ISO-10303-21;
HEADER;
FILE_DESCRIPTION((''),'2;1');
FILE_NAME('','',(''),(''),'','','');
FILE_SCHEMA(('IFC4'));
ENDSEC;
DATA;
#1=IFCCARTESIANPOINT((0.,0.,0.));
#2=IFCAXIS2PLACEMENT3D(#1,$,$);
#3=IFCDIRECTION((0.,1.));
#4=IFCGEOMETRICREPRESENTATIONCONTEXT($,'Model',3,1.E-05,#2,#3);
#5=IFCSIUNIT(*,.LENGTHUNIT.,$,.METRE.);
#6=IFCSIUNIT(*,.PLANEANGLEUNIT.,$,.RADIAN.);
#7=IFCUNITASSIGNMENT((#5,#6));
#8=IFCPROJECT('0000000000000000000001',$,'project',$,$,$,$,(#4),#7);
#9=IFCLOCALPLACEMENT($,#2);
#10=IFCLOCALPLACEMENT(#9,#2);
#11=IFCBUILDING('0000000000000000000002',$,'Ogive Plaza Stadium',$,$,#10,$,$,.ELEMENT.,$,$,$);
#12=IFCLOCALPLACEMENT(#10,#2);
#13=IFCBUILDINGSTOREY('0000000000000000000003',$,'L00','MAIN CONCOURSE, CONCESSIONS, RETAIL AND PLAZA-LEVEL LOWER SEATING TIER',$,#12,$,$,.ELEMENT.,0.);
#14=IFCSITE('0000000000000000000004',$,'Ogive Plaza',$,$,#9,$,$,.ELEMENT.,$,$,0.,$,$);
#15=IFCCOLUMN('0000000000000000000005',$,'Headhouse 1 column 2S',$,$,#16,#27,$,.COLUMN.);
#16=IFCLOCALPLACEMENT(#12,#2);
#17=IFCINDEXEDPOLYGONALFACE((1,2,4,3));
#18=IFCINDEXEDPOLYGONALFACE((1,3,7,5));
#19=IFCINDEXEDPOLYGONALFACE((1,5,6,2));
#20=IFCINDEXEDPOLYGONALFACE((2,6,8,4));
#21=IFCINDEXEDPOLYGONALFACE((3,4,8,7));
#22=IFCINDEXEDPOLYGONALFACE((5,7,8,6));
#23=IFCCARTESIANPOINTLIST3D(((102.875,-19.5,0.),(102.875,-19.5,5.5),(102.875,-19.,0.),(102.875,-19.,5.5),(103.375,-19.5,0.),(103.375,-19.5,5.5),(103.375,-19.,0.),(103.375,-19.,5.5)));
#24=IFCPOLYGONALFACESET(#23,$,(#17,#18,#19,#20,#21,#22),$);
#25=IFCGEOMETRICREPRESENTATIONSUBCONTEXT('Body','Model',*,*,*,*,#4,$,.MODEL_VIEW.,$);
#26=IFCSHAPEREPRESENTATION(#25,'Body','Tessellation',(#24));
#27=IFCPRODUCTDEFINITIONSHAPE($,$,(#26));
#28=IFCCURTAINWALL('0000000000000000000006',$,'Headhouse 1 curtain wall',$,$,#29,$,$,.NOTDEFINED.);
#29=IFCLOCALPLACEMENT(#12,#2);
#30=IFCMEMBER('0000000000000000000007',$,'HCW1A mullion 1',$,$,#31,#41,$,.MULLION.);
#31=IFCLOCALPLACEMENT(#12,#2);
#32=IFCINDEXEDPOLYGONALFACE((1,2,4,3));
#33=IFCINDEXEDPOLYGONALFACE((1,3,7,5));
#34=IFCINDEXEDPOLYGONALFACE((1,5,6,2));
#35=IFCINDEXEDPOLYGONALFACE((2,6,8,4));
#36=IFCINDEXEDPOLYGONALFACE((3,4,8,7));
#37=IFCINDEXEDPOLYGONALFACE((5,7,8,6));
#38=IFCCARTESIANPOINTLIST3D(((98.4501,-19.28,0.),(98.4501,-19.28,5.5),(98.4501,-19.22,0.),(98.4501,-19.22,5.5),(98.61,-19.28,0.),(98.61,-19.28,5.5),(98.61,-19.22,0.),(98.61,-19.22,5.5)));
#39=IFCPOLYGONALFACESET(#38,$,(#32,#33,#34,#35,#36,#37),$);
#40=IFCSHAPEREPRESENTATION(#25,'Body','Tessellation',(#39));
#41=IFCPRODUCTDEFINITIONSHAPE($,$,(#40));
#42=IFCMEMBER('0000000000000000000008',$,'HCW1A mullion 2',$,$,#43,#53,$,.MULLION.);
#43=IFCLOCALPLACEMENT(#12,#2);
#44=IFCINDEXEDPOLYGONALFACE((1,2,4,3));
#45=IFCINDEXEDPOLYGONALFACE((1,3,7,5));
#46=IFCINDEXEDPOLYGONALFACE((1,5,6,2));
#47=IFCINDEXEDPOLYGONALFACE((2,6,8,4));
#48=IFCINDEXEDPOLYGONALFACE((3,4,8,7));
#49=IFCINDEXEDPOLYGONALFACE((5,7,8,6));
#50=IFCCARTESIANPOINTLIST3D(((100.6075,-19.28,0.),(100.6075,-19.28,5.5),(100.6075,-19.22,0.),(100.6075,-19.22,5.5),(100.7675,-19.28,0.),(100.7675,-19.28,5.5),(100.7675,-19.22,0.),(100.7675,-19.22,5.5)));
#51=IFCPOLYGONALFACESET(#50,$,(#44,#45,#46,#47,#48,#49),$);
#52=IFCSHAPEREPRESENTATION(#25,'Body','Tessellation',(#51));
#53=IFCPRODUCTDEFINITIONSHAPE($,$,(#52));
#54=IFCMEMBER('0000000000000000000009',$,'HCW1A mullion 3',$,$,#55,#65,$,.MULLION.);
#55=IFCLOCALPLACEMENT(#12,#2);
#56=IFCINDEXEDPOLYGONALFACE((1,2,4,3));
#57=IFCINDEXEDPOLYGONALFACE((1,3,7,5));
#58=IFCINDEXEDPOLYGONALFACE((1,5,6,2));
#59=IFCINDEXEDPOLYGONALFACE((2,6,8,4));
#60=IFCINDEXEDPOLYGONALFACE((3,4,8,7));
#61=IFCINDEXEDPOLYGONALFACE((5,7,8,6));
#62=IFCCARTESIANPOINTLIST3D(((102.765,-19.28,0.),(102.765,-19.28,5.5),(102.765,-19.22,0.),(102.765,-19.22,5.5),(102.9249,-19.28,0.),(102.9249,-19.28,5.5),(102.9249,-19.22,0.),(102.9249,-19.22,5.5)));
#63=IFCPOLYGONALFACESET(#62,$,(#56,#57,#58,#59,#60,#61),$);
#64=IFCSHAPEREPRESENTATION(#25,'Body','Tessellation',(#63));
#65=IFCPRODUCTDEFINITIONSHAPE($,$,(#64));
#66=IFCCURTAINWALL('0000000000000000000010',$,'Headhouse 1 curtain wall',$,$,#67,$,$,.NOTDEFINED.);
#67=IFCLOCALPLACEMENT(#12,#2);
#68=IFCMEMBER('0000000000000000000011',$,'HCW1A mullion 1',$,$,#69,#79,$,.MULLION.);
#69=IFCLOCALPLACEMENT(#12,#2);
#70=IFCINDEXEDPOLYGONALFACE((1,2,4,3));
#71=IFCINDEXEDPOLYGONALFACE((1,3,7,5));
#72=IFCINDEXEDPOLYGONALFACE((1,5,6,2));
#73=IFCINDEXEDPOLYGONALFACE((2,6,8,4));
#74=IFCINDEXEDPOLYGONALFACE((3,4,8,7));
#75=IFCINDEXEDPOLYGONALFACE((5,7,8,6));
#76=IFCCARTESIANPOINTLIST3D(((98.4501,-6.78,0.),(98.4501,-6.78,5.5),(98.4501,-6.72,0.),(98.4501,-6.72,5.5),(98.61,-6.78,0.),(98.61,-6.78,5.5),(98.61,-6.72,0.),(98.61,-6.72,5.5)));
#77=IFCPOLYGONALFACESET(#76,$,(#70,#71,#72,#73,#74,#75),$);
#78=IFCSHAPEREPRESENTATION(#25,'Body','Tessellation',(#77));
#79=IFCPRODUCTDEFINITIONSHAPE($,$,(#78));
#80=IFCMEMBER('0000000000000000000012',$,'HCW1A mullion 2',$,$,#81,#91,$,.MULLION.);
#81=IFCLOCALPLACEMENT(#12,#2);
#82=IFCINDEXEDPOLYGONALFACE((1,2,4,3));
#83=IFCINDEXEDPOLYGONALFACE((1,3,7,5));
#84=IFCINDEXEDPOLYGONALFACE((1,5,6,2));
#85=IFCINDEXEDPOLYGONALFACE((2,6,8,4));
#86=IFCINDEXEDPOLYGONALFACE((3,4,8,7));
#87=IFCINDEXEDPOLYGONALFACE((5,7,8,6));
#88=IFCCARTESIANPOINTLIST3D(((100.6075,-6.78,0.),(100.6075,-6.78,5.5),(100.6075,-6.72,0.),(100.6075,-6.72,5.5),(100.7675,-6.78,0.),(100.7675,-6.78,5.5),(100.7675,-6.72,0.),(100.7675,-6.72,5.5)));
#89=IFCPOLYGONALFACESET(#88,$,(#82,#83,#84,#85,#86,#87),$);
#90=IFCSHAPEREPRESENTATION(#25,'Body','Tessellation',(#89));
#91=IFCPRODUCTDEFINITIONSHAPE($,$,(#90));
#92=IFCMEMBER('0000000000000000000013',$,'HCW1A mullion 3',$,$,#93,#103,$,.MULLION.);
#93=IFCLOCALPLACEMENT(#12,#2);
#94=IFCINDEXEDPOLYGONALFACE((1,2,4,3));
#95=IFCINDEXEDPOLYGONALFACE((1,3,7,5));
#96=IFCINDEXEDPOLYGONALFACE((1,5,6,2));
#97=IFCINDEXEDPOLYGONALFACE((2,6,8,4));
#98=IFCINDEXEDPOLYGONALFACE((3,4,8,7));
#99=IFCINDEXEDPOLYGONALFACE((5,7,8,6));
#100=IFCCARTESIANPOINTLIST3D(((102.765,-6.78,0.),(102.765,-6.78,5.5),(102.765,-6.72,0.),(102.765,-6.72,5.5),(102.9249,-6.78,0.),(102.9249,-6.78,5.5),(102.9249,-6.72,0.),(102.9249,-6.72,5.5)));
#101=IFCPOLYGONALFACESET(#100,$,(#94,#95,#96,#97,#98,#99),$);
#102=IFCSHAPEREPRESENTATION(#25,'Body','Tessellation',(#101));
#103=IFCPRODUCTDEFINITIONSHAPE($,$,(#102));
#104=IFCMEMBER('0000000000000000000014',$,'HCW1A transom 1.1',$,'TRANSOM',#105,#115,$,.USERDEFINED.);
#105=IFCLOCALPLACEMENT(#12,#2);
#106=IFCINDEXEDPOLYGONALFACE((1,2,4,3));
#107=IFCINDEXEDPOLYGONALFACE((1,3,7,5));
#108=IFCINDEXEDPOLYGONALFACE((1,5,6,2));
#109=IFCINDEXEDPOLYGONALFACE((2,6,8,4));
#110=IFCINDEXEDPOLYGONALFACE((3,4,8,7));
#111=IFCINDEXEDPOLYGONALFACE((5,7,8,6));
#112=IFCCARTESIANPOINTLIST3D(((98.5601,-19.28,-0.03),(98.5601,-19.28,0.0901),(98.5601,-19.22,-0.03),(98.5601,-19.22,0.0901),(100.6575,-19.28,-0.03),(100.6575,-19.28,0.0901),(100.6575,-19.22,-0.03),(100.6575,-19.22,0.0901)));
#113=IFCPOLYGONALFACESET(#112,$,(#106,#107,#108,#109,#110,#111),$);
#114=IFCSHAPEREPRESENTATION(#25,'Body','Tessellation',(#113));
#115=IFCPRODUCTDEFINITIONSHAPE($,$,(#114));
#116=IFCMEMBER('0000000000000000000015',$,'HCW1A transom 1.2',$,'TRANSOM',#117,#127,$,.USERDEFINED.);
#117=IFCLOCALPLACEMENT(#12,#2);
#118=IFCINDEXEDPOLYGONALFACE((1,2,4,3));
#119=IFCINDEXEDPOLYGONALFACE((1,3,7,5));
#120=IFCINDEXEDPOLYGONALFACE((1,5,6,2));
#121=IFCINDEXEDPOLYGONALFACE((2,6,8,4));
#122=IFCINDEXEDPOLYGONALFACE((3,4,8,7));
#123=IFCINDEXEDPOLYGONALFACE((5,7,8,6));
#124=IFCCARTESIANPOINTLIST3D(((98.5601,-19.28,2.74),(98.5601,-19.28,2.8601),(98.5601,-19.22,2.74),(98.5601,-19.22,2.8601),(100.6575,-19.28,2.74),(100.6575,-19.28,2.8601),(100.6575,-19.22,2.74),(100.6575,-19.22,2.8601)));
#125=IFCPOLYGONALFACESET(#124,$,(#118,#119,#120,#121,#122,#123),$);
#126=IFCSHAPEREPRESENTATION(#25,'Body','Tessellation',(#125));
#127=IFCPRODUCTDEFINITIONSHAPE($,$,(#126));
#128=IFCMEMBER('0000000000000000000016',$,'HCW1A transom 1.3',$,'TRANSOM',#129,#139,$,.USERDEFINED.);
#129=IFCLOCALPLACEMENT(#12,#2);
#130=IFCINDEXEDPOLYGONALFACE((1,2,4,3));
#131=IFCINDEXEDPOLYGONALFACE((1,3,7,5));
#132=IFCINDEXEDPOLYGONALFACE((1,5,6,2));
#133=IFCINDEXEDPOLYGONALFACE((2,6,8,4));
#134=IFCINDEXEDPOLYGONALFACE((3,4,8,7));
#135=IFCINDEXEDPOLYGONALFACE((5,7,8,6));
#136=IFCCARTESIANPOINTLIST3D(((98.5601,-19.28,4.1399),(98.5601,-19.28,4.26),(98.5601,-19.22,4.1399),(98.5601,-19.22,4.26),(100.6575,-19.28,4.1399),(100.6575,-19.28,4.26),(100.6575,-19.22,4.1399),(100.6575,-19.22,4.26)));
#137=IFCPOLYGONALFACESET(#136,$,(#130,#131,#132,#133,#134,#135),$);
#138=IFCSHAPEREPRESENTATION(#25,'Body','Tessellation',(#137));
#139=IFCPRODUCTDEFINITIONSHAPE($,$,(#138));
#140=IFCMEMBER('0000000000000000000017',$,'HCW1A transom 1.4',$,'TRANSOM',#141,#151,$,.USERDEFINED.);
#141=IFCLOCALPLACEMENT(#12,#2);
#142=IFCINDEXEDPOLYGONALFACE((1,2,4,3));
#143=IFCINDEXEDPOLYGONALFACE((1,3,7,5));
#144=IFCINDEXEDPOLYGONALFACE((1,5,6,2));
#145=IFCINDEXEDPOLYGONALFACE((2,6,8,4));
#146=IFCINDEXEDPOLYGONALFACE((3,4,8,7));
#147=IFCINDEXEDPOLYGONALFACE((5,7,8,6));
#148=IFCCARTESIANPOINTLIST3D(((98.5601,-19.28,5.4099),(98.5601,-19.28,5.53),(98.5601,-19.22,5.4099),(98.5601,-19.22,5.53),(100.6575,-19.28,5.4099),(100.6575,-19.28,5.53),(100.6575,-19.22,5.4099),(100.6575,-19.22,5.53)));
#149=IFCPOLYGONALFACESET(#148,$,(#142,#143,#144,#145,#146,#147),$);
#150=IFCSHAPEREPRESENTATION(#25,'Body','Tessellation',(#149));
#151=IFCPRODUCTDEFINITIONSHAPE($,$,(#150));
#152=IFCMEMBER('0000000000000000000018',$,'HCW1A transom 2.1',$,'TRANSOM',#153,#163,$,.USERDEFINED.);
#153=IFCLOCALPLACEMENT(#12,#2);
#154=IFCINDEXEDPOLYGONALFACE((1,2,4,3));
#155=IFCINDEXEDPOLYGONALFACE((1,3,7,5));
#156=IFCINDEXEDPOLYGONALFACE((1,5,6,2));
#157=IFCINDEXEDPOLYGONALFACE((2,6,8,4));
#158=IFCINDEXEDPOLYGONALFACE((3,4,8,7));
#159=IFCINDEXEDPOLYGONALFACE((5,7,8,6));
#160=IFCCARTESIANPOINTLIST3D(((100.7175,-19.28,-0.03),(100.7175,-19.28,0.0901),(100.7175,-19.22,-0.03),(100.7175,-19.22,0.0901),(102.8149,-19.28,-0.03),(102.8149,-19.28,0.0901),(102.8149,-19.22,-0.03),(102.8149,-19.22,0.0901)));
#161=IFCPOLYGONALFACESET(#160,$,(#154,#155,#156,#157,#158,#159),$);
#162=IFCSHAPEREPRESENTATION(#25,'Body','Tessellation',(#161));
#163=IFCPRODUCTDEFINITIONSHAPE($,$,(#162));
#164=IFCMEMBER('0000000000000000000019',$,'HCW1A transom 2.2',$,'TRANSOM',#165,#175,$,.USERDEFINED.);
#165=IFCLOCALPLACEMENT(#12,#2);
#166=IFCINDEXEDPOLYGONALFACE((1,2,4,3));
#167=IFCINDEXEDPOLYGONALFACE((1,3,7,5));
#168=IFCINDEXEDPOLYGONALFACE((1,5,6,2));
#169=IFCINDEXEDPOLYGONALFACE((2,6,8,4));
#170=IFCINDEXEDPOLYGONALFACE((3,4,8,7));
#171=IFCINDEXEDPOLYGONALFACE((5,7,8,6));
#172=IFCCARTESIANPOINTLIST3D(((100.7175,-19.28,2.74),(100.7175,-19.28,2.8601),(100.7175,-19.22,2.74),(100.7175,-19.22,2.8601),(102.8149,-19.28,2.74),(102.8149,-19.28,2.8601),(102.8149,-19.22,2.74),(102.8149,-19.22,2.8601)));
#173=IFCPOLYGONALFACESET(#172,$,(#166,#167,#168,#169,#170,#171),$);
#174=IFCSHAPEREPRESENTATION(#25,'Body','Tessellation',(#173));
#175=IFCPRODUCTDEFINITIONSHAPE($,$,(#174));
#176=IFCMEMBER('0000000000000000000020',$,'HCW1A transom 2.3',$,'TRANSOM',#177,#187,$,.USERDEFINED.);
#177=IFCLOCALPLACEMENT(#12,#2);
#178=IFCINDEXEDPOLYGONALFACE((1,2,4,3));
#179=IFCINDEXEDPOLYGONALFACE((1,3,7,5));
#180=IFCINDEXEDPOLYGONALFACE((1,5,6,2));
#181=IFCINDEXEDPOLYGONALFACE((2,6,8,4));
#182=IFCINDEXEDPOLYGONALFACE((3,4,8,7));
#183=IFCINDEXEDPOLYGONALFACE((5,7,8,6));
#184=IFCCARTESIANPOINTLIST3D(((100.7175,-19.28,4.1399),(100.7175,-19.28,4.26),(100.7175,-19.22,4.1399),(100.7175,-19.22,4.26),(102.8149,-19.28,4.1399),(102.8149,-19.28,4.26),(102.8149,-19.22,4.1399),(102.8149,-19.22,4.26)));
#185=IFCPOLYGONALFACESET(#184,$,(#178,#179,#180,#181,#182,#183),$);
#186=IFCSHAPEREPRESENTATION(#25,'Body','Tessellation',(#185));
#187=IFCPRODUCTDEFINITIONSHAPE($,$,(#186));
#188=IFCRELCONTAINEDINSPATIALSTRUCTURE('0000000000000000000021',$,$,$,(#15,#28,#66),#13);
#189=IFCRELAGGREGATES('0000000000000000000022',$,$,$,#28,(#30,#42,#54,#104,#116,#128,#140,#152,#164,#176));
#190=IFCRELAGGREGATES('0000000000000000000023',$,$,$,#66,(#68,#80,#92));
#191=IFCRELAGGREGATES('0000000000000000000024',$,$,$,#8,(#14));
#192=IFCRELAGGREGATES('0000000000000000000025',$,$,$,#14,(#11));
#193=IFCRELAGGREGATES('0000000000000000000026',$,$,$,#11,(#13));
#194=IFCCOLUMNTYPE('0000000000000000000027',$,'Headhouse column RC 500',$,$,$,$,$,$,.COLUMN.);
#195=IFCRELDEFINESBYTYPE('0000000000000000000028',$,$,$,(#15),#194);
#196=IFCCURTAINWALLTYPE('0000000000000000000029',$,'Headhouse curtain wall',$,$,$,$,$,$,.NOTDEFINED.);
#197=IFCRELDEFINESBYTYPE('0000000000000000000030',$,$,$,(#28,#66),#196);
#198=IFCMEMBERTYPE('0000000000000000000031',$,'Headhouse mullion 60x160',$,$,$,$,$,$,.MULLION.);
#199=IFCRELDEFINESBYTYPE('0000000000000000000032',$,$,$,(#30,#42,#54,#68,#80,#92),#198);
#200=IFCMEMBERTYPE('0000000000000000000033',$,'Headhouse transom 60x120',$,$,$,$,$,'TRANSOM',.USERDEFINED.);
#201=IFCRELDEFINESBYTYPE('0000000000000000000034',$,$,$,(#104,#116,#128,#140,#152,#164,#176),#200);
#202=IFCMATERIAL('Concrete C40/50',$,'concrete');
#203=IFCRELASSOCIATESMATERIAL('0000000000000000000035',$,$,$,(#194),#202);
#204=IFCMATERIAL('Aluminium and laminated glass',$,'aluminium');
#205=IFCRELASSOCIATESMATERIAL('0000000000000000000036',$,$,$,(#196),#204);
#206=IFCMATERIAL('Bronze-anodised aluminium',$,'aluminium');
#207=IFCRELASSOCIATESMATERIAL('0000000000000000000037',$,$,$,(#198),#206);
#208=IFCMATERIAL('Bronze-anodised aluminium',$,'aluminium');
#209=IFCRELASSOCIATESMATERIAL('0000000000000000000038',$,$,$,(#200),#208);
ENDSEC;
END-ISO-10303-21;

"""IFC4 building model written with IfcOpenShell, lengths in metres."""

from ifc_helpers import new_model, si_unit, direction, frame, origin, origin_2d, place, context, subcontext, project, spatial, rectangle, extrude, material, material_profile, profile_set, type_object, element, aggregate, save


model = new_model("IFC4")

# Units and contexts
model_context = context("Model", 3, precision=1e-05, world=origin(), true_north=direction((0.0, 1.0)))
body_context = subcontext(model_context, "Body", "Model", "MODEL_VIEW")
ifc_project = project(units=[si_unit("LENGTHUNIT", "METRE"), si_unit("PLANEANGLEUNIT", "RADIAN")], contexts=[model_context])

# Site, building, storey
site_placement = place(None, origin())
site = spatial("IfcSite", under=ifc_project, at=site_placement, Name="Ogive Plaza", CompositionType="ELEMENT", RefElevation=0.0)
building_placement = place(site_placement, origin())
building = spatial("IfcBuilding", under=site, at=building_placement, Name="Ogive Plaza Stadium", CompositionType="ELEMENT")
storey_placement = place(building_placement, origin())
storey = spatial("IfcBuildingStorey", under=building, at=storey_placement, Name="L00", Description="MAIN CONCOURSE, CONCESSIONS, RETAIL AND PLAZA-LEVEL LOWER SEATING TIER", CompositionType="ELEMENT", Elevation=0.0)

# Column
ifc_material_1 = material(Name="Concrete C40/50", Category="concrete")
ifc_material_profile_1 = material_profile(ifc_material_1, rectangle(XDim=0.5, YDim=0.5, at=origin_2d()), Name="Headhouse column RC 500")
ifc_profile_set_1 = profile_set([ifc_material_profile_1], Name="Concrete C40/50")
column_type = type_object("IfcColumnType", Name="Headhouse column RC 500", PredefinedType="COLUMN", material=ifc_profile_set_1)
column_placement = place(storey_placement, frame((103.125, -19.25, 0.0), z_axis=(0.0, 0.0, 1.0), x_axis=(1.0, 0.0, 0.0)))
element("IfcColumn", 1, at=column_placement, inside=storey, type_object=column_type, Name="Headhouse 1 column 2S", PredefinedType="COLUMN", context=body_context, shape_type="SweptSolid", body=[
    extrude(rectangle(XDim=0.5, YDim=0.5, at=origin_2d()), origin(), (0.0, 0.0, 1.0), 5.5),
])

# Curtain walls, members
ifc_material_2 = material(Name="Aluminium and laminated glass", Category="aluminium")
curtain_wall_type = type_object("IfcCurtainWallType", Name="Headhouse curtain wall", PredefinedType="NOTDEFINED", material=ifc_material_2)
curtain_wall_1_placement = place(storey_placement, origin())
curtain_wall_1 = element("IfcCurtainWall", 2, at=curtain_wall_1_placement, inside=storey, type_object=curtain_wall_type, Name="Headhouse 1 curtain wall", PredefinedType="NOTDEFINED")
ifc_material_3 = material(Name="Bronze-anodised aluminium", Category="aluminium")
ifc_material_profile_2 = material_profile(ifc_material_3, rectangle(XDim=0.0601, YDim=0.1599, at=origin_2d()), Name="Headhouse mullion 60x160")
ifc_profile_set_2 = profile_set([ifc_material_profile_2], Name="Bronze-anodised aluminium")
member_type_1 = type_object("IfcMemberType", Name="Headhouse mullion 60x160", PredefinedType="MULLION", material=ifc_profile_set_2)
member_1_placement = place(storey_placement, frame((98.53, -19.25, 0.0), z_axis=(0.0, 0.0, 1.0), x_axis=(0.0, 1.0, 0.0)))
member_1 = element("IfcMember", 3, at=member_1_placement, type_object=member_type_1, Name="HCW1A mullion 1", PredefinedType="MULLION", context=body_context, shape_type="SweptSolid", body=[
    extrude(rectangle(XDim=0.0601, YDim=0.1599, at=origin_2d()), origin(), (0.0, 0.0, 1.0), 5.5),
])
member_2_placement = place(storey_placement, frame((100.6875, -19.25, 0.0), z_axis=(0.0, 0.0, 1.0), x_axis=(0.0, 1.0, 0.0)))
member_2 = element("IfcMember", 4, at=member_2_placement, type_object=member_type_1, Name="HCW1A mullion 2", PredefinedType="MULLION", context=body_context, shape_type="SweptSolid", body=[
    extrude(rectangle(XDim=0.0601, YDim=0.1599, at=origin_2d()), origin(), (0.0, 0.0, 1.0), 5.5),
])
member_3_placement = place(storey_placement, frame((102.845, -19.25, 0.0), z_axis=(0.0, 0.0, 1.0), x_axis=(0.0, 1.0, 0.0)))
member_3 = element("IfcMember", 5, at=member_3_placement, type_object=member_type_1, Name="HCW1A mullion 3", PredefinedType="MULLION", context=body_context, shape_type="SweptSolid", body=[
    extrude(rectangle(XDim=0.0601, YDim=0.1599, at=origin_2d()), origin(), (0.0, 0.0, 1.0), 5.5),
])
curtain_wall_2_placement = place(storey_placement, origin())
curtain_wall_2 = element("IfcCurtainWall", 6, at=curtain_wall_2_placement, inside=storey, type_object=curtain_wall_type, Name="Headhouse 1 curtain wall", PredefinedType="NOTDEFINED")
member_4_placement = place(storey_placement, frame((98.53, -6.75, 0.0), z_axis=(0.0, 0.0, 1.0), x_axis=(0.0, 1.0, 0.0)))
member_4 = element("IfcMember", 7, at=member_4_placement, type_object=member_type_1, Name="HCW1A mullion 1", PredefinedType="MULLION", context=body_context, shape_type="SweptSolid", body=[
    extrude(rectangle(XDim=0.0601, YDim=0.1599, at=origin_2d()), origin(), (0.0, 0.0, 1.0), 5.5),
])
member_5_placement = place(storey_placement, frame((100.6875, -6.75, 0.0), z_axis=(0.0, 0.0, 1.0), x_axis=(0.0, 1.0, 0.0)))
member_5 = element("IfcMember", 8, at=member_5_placement, type_object=member_type_1, Name="HCW1A mullion 2", PredefinedType="MULLION", context=body_context, shape_type="SweptSolid", body=[
    extrude(rectangle(XDim=0.0601, YDim=0.1599, at=origin_2d()), origin(), (0.0, 0.0, 1.0), 5.5),
])
member_6_placement = place(storey_placement, frame((102.845, -6.75, 0.0), z_axis=(0.0, 0.0, 1.0), x_axis=(0.0, 1.0, 0.0)))
member_6 = element("IfcMember", 9, at=member_6_placement, type_object=member_type_1, Name="HCW1A mullion 3", PredefinedType="MULLION", context=body_context, shape_type="SweptSolid", body=[
    extrude(rectangle(XDim=0.0601, YDim=0.1599, at=origin_2d()), origin(), (0.0, 0.0, 1.0), 5.5),
])

# Members
ifc_material_4 = material(Name="Bronze-anodised aluminium", Category="aluminium")
ifc_material_profile_3 = material_profile(ifc_material_4, rectangle(XDim=0.0601, YDim=0.1201, at=origin_2d()), Name="Headhouse transom 60x120")
ifc_profile_set_3 = profile_set([ifc_material_profile_3], Name="Bronze-anodised aluminium")
member_type_2 = type_object("IfcMemberType", Name="Headhouse transom 60x120", ElementType="TRANSOM", PredefinedType="USERDEFINED", material=ifc_profile_set_3)
member_7_placement = place(storey_placement, frame((98.5601, -19.25, 0.03), z_axis=(1.0, 0.0, 0.0), x_axis=(0.0, 1.0, 0.0)))
member_7 = element("IfcMember", 10, at=member_7_placement, type_object=member_type_2, Name="HCW1A transom 1.1", ObjectType="TRANSOM", PredefinedType="USERDEFINED", context=body_context, shape_type="SweptSolid", body=[
    extrude(rectangle(XDim=0.0601, YDim=0.1201, at=origin_2d()), origin(), (0.0, 0.0, 1.0), 2.0974),
])
member_8_placement = place(storey_placement, frame((98.5601, -19.25, 2.8), z_axis=(1.0, 0.0, 0.0), x_axis=(0.0, 1.0, 0.0)))
member_8 = element("IfcMember", 11, at=member_8_placement, type_object=member_type_2, Name="HCW1A transom 1.2", ObjectType="TRANSOM", PredefinedType="USERDEFINED", context=body_context, shape_type="SweptSolid", body=[
    extrude(rectangle(XDim=0.0601, YDim=0.1201, at=origin_2d()), origin(), (0.0, 0.0, 1.0), 2.0974),
])
member_9_placement = place(storey_placement, frame((98.5601, -19.25, 4.2), z_axis=(1.0, 0.0, 0.0), x_axis=(0.0, 1.0, 0.0)))
member_9 = element("IfcMember", 12, at=member_9_placement, type_object=member_type_2, Name="HCW1A transom 1.3", ObjectType="TRANSOM", PredefinedType="USERDEFINED", context=body_context, shape_type="SweptSolid", body=[
    extrude(rectangle(XDim=0.0601, YDim=0.1201, at=origin_2d()), origin(), (0.0, 0.0, 1.0), 2.0974),
])
member_10_placement = place(storey_placement, frame((98.5601, -19.25, 5.47), z_axis=(1.0, 0.0, 0.0), x_axis=(0.0, 1.0, 0.0)))
member_10 = element("IfcMember", 13, at=member_10_placement, type_object=member_type_2, Name="HCW1A transom 1.4", ObjectType="TRANSOM", PredefinedType="USERDEFINED", context=body_context, shape_type="SweptSolid", body=[
    extrude(rectangle(XDim=0.0601, YDim=0.1201, at=origin_2d()), origin(), (0.0, 0.0, 1.0), 2.0974),
])
member_11_placement = place(storey_placement, frame((100.7175, -19.25, 0.03), z_axis=(1.0, 0.0, 0.0), x_axis=(0.0, 1.0, 0.0)))
member_11 = element("IfcMember", 14, at=member_11_placement, type_object=member_type_2, Name="HCW1A transom 2.1", ObjectType="TRANSOM", PredefinedType="USERDEFINED", context=body_context, shape_type="SweptSolid", body=[
    extrude(rectangle(XDim=0.0601, YDim=0.1201, at=origin_2d()), origin(), (0.0, 0.0, 1.0), 2.0974),
])
member_12_placement = place(storey_placement, frame((100.7175, -19.25, 2.8), z_axis=(1.0, 0.0, 0.0), x_axis=(0.0, 1.0, 0.0)))
member_12 = element("IfcMember", 15, at=member_12_placement, type_object=member_type_2, Name="HCW1A transom 2.2", ObjectType="TRANSOM", PredefinedType="USERDEFINED", context=body_context, shape_type="SweptSolid", body=[
    extrude(rectangle(XDim=0.0601, YDim=0.1201, at=origin_2d()), origin(), (0.0, 0.0, 1.0), 2.0974),
])
member_13_placement = place(storey_placement, frame((100.7175, -19.25, 4.2), z_axis=(1.0, 0.0, 0.0), x_axis=(0.0, 1.0, 0.0)))
member_13 = element("IfcMember", 16, at=member_13_placement, type_object=member_type_2, Name="HCW1A transom 2.3", ObjectType="TRANSOM", PredefinedType="USERDEFINED", context=body_context, shape_type="SweptSolid", body=[
    extrude(rectangle(XDim=0.0601, YDim=0.1201, at=origin_2d()), origin(), (0.0, 0.0, 1.0), 2.0974),
])

aggregate(curtain_wall_1, [member_1, member_2, member_3, member_7, member_8, member_9, member_10, member_11, member_12, member_13])
aggregate(curtain_wall_2, [member_4, member_5, member_6])

save(model, "model.ifc")
